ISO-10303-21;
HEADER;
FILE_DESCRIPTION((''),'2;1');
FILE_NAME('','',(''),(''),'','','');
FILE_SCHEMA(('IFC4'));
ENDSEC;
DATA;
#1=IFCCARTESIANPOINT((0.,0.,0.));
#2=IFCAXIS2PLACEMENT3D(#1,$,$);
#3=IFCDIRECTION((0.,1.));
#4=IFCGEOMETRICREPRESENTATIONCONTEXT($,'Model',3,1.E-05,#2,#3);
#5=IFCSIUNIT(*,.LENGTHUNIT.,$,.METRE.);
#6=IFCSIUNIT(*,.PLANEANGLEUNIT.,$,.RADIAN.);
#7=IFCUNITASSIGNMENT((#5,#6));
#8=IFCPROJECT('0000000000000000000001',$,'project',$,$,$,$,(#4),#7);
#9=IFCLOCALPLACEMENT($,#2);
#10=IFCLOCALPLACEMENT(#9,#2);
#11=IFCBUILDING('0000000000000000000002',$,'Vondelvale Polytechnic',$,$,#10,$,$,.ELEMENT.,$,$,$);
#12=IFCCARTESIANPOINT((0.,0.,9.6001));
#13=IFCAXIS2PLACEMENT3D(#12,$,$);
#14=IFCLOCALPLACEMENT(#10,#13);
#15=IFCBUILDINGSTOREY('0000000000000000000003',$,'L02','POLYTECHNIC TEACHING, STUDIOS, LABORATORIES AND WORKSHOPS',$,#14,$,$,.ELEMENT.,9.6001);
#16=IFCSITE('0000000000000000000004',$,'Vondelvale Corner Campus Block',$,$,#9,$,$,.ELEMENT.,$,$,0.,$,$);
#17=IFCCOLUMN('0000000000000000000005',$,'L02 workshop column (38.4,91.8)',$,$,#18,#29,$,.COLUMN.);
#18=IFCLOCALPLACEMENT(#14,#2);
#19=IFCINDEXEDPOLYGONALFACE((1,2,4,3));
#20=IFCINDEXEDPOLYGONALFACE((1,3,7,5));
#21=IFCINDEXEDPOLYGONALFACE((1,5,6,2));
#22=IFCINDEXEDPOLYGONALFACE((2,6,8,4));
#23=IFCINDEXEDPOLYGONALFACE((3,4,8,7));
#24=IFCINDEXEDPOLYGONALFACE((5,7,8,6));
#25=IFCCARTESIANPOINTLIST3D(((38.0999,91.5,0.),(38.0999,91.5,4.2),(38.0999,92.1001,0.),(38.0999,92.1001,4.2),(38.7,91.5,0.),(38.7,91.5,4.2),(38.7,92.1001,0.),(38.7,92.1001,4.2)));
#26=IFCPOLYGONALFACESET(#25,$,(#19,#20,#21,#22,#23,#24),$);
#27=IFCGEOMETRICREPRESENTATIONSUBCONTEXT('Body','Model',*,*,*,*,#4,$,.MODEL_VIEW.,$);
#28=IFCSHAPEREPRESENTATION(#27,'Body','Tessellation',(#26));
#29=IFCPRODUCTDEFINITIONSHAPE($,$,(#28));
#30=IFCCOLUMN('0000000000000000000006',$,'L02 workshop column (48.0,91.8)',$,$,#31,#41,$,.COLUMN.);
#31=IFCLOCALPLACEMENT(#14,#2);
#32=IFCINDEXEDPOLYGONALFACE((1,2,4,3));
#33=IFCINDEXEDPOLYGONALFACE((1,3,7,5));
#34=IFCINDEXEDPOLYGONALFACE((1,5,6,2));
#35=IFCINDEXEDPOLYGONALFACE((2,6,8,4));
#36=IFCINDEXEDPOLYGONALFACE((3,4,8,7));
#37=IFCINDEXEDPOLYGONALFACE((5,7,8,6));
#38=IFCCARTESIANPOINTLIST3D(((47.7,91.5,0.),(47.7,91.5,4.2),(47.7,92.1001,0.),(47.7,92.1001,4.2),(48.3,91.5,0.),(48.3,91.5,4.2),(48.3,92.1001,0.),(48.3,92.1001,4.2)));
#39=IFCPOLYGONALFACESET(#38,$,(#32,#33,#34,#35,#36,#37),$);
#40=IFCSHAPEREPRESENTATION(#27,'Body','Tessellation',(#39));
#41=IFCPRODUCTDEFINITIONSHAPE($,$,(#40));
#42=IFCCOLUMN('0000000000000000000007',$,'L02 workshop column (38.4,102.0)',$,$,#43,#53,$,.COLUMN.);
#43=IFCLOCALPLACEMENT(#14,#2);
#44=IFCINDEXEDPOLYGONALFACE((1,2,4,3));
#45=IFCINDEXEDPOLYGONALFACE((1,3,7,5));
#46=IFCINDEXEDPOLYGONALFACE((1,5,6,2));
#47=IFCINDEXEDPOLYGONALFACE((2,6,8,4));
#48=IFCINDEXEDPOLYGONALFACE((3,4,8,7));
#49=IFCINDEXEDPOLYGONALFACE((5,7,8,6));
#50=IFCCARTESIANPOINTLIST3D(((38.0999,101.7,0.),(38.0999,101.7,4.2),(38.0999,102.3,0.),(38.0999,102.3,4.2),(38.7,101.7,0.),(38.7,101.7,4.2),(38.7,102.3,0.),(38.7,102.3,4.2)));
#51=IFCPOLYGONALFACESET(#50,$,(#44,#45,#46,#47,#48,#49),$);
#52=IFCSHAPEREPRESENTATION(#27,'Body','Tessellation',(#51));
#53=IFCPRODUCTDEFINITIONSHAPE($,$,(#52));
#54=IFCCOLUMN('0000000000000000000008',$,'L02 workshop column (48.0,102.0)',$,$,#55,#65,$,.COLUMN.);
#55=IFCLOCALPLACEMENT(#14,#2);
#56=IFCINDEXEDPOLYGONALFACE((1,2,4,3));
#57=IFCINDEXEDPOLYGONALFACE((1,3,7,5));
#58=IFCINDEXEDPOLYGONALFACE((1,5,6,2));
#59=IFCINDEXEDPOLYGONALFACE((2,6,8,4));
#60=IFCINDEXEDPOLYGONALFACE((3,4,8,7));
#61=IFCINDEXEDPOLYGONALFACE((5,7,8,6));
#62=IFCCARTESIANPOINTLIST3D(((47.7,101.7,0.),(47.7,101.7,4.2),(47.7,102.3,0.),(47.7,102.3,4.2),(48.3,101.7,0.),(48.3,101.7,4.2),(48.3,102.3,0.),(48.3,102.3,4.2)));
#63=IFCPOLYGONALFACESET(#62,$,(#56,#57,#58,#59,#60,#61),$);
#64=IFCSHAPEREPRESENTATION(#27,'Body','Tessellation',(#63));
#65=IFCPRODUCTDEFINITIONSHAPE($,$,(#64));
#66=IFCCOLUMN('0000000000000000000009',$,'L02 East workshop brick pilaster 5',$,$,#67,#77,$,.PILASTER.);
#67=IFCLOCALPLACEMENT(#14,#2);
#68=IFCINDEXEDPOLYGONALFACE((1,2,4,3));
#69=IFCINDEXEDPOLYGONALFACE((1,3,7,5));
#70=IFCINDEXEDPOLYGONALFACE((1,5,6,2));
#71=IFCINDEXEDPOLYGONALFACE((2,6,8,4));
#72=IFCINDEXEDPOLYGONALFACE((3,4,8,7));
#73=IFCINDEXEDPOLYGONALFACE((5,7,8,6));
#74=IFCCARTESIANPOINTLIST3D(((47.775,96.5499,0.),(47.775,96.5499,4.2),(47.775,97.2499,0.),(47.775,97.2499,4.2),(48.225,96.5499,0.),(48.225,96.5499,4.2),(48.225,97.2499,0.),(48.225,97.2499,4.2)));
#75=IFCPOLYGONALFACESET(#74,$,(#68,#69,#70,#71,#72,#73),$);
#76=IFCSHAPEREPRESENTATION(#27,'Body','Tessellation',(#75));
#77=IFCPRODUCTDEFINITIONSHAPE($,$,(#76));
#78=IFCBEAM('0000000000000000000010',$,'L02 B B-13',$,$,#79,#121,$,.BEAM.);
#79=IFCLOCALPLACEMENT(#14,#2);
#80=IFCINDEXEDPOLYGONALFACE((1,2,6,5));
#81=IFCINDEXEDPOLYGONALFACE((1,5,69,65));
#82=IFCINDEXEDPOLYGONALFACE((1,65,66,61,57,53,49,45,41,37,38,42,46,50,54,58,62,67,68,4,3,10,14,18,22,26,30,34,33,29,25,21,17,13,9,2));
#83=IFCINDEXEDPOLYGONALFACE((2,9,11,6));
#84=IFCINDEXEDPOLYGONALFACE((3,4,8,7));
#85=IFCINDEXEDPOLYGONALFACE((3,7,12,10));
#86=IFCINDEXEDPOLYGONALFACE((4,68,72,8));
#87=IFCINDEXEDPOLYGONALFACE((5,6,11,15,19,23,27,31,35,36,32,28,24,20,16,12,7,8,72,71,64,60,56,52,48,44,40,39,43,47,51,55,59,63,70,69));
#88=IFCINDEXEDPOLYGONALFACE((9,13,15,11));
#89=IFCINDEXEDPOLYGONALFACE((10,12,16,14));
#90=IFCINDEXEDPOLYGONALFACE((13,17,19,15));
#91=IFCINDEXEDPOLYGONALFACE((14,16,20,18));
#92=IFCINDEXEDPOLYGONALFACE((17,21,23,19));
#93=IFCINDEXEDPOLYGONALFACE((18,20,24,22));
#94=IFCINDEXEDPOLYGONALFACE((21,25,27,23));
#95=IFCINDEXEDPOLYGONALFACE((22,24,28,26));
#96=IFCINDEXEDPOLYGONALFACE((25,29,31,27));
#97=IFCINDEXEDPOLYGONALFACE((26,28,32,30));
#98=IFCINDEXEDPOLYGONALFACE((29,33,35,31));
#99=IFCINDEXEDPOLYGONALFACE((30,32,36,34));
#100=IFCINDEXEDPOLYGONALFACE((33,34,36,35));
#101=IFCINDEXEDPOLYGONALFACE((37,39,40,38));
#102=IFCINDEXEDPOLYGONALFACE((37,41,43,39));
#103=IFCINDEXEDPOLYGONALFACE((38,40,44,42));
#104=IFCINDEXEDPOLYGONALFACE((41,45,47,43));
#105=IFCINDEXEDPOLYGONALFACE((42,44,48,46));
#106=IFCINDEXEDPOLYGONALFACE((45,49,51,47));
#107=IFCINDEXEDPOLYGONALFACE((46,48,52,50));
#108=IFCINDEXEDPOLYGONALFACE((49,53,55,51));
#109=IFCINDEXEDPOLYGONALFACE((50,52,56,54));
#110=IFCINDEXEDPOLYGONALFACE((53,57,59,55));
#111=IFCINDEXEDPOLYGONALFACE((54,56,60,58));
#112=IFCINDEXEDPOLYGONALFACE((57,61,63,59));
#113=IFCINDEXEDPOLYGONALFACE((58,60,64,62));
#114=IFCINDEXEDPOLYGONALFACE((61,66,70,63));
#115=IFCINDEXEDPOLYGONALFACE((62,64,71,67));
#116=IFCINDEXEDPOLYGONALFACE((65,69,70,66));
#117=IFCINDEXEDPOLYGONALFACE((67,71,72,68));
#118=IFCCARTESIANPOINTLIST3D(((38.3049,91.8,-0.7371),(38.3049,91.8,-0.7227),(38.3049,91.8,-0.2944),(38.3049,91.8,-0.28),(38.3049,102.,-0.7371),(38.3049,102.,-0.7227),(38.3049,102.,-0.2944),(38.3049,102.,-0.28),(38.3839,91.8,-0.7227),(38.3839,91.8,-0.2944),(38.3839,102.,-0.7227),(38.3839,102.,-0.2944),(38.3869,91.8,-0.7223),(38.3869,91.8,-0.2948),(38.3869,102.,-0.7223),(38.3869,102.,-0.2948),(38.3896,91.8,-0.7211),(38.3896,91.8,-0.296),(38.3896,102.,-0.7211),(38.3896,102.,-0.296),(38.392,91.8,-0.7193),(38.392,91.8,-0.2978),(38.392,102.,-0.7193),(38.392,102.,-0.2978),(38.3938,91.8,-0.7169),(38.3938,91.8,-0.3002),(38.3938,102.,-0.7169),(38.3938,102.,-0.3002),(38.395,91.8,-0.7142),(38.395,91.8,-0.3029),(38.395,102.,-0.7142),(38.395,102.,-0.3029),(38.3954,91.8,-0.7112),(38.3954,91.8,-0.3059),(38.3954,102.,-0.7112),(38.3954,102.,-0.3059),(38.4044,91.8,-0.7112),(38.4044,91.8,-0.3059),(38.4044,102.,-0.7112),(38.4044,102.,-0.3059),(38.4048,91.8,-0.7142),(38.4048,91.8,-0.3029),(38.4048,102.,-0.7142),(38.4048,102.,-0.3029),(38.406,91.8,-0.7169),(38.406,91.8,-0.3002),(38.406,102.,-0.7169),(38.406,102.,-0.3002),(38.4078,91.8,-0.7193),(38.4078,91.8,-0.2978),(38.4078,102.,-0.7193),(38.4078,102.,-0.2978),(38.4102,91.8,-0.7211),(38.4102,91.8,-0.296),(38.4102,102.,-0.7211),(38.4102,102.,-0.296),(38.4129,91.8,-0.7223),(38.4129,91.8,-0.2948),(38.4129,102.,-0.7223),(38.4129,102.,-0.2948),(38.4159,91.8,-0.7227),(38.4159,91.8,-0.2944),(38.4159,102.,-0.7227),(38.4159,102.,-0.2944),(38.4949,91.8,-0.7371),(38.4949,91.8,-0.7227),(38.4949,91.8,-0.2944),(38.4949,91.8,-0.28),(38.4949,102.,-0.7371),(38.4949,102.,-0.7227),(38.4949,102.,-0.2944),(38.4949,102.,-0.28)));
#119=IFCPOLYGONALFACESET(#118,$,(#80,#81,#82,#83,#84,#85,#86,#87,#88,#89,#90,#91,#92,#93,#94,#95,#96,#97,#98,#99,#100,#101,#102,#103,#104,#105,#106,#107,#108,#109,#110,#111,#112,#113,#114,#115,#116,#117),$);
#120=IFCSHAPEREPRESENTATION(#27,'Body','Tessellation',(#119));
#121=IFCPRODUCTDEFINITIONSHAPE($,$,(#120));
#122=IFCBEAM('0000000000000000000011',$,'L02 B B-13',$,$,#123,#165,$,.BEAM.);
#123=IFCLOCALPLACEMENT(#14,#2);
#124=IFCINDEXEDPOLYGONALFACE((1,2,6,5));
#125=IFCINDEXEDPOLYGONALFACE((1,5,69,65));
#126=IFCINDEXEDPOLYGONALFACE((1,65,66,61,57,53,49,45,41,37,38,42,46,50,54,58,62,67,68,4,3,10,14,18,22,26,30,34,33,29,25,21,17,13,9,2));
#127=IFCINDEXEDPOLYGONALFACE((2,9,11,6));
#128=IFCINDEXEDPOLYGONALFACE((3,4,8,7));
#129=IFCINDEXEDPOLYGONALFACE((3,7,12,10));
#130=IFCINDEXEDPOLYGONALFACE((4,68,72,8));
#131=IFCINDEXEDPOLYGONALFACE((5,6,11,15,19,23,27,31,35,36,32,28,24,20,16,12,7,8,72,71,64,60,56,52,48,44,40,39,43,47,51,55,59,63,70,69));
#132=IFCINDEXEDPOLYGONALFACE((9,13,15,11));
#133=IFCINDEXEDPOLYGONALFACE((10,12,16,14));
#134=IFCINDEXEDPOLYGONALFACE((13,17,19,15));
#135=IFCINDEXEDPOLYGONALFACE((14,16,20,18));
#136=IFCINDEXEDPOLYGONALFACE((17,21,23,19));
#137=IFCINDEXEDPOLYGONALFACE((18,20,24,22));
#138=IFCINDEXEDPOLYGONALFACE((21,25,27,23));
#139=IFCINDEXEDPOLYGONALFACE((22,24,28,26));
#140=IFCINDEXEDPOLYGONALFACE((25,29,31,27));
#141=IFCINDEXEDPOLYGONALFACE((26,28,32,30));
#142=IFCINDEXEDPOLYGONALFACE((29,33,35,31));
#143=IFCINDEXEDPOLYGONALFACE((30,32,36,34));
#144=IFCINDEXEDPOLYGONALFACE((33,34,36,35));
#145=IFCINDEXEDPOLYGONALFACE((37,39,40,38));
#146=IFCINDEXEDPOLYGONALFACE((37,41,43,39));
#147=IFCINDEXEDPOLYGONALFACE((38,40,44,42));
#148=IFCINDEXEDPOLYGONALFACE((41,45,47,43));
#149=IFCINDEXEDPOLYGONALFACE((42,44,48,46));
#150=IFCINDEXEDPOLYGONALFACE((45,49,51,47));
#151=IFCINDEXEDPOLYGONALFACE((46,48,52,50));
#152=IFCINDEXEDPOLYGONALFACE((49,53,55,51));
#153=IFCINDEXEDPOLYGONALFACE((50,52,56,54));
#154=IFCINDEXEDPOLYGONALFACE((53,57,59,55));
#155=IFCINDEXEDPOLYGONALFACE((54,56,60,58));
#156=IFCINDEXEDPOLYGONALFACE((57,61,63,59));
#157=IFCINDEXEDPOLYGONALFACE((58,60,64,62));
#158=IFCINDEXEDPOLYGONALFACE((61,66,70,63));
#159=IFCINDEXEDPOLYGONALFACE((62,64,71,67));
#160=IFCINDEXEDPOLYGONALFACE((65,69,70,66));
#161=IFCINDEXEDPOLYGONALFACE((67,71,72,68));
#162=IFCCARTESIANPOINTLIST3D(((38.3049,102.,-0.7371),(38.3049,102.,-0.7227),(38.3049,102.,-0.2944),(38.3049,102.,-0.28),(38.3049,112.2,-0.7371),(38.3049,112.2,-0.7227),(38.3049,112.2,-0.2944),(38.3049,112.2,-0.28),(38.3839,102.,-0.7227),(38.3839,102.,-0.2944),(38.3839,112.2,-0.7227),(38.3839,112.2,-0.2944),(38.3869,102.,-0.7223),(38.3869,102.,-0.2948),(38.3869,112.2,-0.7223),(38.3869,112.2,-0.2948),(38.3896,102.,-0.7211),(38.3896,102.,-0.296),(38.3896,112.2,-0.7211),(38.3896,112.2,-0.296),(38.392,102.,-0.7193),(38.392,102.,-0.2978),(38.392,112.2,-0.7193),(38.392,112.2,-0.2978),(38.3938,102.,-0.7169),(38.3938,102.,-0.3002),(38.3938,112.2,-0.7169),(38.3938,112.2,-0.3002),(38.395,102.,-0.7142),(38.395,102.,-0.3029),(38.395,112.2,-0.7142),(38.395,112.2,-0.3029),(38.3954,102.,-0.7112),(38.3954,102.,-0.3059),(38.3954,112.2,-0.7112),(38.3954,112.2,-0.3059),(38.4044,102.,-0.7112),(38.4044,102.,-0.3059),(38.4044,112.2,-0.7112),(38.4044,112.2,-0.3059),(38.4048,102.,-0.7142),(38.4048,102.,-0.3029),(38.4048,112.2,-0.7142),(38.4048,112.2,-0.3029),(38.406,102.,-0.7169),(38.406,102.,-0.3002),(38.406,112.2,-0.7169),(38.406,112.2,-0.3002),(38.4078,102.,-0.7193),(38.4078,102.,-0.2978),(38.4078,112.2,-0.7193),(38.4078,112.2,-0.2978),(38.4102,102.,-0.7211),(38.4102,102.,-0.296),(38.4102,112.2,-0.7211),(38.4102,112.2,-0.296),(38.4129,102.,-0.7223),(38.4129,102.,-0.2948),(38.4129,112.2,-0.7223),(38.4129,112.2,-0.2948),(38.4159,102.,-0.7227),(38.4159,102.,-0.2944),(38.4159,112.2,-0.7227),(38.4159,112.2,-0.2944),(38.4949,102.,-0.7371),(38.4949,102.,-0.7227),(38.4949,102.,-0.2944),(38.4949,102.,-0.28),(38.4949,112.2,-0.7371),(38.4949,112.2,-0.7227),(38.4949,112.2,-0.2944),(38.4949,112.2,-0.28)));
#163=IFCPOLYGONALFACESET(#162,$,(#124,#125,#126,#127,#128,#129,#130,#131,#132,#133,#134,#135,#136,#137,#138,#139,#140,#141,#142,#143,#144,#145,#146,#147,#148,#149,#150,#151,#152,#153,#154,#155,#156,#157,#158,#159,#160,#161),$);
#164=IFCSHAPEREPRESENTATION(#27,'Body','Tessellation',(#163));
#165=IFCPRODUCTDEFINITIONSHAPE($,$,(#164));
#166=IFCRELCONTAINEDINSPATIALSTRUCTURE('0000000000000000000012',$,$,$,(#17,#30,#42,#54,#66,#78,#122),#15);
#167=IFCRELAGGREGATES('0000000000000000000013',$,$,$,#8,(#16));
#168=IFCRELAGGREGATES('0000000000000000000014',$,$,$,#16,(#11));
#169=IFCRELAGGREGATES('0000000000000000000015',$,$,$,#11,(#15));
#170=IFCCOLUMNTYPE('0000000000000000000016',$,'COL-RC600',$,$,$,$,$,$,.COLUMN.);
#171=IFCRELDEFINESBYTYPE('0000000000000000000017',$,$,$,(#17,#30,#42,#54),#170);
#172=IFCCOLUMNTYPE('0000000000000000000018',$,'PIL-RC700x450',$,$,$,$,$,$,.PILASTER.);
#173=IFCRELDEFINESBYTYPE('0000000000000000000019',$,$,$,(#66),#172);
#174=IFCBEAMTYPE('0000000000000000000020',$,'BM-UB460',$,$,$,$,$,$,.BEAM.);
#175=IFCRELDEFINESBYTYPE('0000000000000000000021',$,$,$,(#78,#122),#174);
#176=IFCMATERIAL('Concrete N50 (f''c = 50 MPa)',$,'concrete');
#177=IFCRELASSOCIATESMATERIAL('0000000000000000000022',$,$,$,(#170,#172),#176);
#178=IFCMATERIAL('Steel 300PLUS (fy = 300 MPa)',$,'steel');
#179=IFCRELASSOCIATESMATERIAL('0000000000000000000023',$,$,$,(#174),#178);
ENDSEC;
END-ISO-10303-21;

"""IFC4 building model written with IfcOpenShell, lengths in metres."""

from ifc_helpers import new_model, si_unit, direction, frame, origin, origin_2d, place, context, subcontext, project, spatial, rectangle, i_section, extrude, material, material_profile, profile_set, type_object, element, save


model = new_model("IFC4")

# Units and contexts
model_context = context("Model", 3, precision=1e-05, world=origin(), true_north=direction((0.0, 1.0)))
body_context = subcontext(model_context, "Body", "Model", "MODEL_VIEW")
ifc_project = project(units=[si_unit("LENGTHUNIT", "METRE"), si_unit("PLANEANGLEUNIT", "RADIAN")], contexts=[model_context])

# Site, building, storey
site_placement = place(None, origin())
site = spatial("IfcSite", under=ifc_project, at=site_placement, Name="Vondelvale Corner Campus Block", CompositionType="ELEMENT", RefElevation=0.0)
building_placement = place(site_placement, origin())
building = spatial("IfcBuilding", under=site, at=building_placement, Name="Vondelvale Polytechnic", CompositionType="ELEMENT")
storey_placement = place(building_placement, frame((0.0, 0.0, 9.6001)))
storey = spatial("IfcBuildingStorey", under=building, at=storey_placement, Name="L02", Description="POLYTECHNIC TEACHING, STUDIOS, LABORATORIES AND WORKSHOPS", CompositionType="ELEMENT", Elevation=9.6001)

# Columns
ifc_material_1 = material(Name="Concrete N50 (f'c = 50 MPa)", Category="concrete")
ifc_material_profile_1 = material_profile(ifc_material_1, rectangle(XDim=0.6001, YDim=0.6001, at=origin_2d()), Name="RC-COL-600x600")
ifc_profile_set_1 = profile_set([ifc_material_profile_1], Name="Concrete N50 (f'c = 50 MPa)")
column_type_1 = type_object("IfcColumnType", Name="COL-RC600", PredefinedType="COLUMN", material=ifc_profile_set_1)
for number, where, z_axis, x_axis, name in (
    (1, (38.3999, 91.8, 0.0), (0.0, 0.0, 1.0), (1.0, 0.0, 0.0), "L02 workshop column (38.4,91.8)"),
    (2, (48.0, 91.8, 0.0), (0.0, 0.0, 1.0), (1.0, 0.0, 0.0), "L02 workshop column (48.0,91.8)"),
    (3, (38.3999, 102.0, 0.0), (0.0, 0.0, 1.0), (1.0, 0.0, 0.0), "L02 workshop column (38.4,102.0)"),
    (4, (48.0, 102.0, 0.0), (0.0, 0.0, 1.0), (1.0, 0.0, 0.0), "L02 workshop column (48.0,102.0)"),
):
    element("IfcColumn", number, at=place(storey_placement, frame(where, z_axis=z_axis, x_axis=x_axis)), inside=storey, type_object=column_type_1, Name=name, PredefinedType="COLUMN", context=body_context, shape_type="SweptSolid", body=[
        extrude(rectangle(XDim=0.6001, YDim=0.6001, at=origin_2d()), origin(), (0.0, 0.0, 1.0), 4.2),
    ])
ifc_material_profile_2 = material_profile(ifc_material_1, rectangle(XDim=0.45, YDim=0.7, at=origin_2d()), Name="RC-PIL-700x450")
ifc_profile_set_2 = profile_set([ifc_material_profile_2], Name="Concrete N50 (f'c = 50 MPa)")
column_type_2 = type_object("IfcColumnType", Name="PIL-RC700x450", PredefinedType="PILASTER", material=ifc_profile_set_2)
column_placement = place(storey_placement, frame((48.0, 96.8999, 0.0), z_axis=(0.0, 0.0, 1.0), x_axis=(1.0, 0.0, 0.0)))
element("IfcColumn", 5, at=column_placement, inside=storey, type_object=column_type_2, Name="L02 East workshop brick pilaster 5", PredefinedType="PILASTER", context=body_context, shape_type="SweptSolid", body=[
    extrude(rectangle(XDim=0.45, YDim=0.7, at=origin_2d()), origin(), (0.0, 0.0, 1.0), 4.2),
])

# Beams
ifc_material_2 = material(Name="Steel 300PLUS (fy = 300 MPa)", Category="steel")
ifc_material_profile_3 = material_profile(ifc_material_2, i_section(OverallWidth=0.1899, OverallDepth=0.457, WebThickness=0.009, FlangeThickness=0.0144, FilletRadius=0.0115, at=origin_2d()), Name="460UB74.6")
ifc_profile_set_3 = profile_set([ifc_material_profile_3], Name="Steel 300PLUS (fy = 300 MPa)")
beam_type_1 = type_object("IfcBeamType", Name="BM-UB460", PredefinedType="BEAM", material=ifc_profile_set_3)
for number, where, z_axis, x_axis, name in (
    (6, (38.3999, 91.8, -0.5085), (0.0, 1.0, 0.0), (-1.0, 0.0, 0.0), "L02 B B-13"),
    (7, (38.3999, 102.0, -0.5085), (0.0, 1.0, 0.0), (-1.0, 0.0, 0.0), "L02 B B-13"),
):
    element("IfcBeam", number, at=place(storey_placement, frame(where, z_axis=z_axis, x_axis=x_axis)), inside=storey, type_object=beam_type_1, Name=name, PredefinedType="BEAM", context=body_context, shape_type="SweptSolid", body=[
        extrude(i_section(OverallWidth=0.1899, OverallDepth=0.457, WebThickness=0.009, FlangeThickness=0.0144, FilletRadius=0.0115, at=origin_2d()), origin(), (0.0, 0.0, 1.0), 10.2),
    ])

save(model, "model.ifc")
